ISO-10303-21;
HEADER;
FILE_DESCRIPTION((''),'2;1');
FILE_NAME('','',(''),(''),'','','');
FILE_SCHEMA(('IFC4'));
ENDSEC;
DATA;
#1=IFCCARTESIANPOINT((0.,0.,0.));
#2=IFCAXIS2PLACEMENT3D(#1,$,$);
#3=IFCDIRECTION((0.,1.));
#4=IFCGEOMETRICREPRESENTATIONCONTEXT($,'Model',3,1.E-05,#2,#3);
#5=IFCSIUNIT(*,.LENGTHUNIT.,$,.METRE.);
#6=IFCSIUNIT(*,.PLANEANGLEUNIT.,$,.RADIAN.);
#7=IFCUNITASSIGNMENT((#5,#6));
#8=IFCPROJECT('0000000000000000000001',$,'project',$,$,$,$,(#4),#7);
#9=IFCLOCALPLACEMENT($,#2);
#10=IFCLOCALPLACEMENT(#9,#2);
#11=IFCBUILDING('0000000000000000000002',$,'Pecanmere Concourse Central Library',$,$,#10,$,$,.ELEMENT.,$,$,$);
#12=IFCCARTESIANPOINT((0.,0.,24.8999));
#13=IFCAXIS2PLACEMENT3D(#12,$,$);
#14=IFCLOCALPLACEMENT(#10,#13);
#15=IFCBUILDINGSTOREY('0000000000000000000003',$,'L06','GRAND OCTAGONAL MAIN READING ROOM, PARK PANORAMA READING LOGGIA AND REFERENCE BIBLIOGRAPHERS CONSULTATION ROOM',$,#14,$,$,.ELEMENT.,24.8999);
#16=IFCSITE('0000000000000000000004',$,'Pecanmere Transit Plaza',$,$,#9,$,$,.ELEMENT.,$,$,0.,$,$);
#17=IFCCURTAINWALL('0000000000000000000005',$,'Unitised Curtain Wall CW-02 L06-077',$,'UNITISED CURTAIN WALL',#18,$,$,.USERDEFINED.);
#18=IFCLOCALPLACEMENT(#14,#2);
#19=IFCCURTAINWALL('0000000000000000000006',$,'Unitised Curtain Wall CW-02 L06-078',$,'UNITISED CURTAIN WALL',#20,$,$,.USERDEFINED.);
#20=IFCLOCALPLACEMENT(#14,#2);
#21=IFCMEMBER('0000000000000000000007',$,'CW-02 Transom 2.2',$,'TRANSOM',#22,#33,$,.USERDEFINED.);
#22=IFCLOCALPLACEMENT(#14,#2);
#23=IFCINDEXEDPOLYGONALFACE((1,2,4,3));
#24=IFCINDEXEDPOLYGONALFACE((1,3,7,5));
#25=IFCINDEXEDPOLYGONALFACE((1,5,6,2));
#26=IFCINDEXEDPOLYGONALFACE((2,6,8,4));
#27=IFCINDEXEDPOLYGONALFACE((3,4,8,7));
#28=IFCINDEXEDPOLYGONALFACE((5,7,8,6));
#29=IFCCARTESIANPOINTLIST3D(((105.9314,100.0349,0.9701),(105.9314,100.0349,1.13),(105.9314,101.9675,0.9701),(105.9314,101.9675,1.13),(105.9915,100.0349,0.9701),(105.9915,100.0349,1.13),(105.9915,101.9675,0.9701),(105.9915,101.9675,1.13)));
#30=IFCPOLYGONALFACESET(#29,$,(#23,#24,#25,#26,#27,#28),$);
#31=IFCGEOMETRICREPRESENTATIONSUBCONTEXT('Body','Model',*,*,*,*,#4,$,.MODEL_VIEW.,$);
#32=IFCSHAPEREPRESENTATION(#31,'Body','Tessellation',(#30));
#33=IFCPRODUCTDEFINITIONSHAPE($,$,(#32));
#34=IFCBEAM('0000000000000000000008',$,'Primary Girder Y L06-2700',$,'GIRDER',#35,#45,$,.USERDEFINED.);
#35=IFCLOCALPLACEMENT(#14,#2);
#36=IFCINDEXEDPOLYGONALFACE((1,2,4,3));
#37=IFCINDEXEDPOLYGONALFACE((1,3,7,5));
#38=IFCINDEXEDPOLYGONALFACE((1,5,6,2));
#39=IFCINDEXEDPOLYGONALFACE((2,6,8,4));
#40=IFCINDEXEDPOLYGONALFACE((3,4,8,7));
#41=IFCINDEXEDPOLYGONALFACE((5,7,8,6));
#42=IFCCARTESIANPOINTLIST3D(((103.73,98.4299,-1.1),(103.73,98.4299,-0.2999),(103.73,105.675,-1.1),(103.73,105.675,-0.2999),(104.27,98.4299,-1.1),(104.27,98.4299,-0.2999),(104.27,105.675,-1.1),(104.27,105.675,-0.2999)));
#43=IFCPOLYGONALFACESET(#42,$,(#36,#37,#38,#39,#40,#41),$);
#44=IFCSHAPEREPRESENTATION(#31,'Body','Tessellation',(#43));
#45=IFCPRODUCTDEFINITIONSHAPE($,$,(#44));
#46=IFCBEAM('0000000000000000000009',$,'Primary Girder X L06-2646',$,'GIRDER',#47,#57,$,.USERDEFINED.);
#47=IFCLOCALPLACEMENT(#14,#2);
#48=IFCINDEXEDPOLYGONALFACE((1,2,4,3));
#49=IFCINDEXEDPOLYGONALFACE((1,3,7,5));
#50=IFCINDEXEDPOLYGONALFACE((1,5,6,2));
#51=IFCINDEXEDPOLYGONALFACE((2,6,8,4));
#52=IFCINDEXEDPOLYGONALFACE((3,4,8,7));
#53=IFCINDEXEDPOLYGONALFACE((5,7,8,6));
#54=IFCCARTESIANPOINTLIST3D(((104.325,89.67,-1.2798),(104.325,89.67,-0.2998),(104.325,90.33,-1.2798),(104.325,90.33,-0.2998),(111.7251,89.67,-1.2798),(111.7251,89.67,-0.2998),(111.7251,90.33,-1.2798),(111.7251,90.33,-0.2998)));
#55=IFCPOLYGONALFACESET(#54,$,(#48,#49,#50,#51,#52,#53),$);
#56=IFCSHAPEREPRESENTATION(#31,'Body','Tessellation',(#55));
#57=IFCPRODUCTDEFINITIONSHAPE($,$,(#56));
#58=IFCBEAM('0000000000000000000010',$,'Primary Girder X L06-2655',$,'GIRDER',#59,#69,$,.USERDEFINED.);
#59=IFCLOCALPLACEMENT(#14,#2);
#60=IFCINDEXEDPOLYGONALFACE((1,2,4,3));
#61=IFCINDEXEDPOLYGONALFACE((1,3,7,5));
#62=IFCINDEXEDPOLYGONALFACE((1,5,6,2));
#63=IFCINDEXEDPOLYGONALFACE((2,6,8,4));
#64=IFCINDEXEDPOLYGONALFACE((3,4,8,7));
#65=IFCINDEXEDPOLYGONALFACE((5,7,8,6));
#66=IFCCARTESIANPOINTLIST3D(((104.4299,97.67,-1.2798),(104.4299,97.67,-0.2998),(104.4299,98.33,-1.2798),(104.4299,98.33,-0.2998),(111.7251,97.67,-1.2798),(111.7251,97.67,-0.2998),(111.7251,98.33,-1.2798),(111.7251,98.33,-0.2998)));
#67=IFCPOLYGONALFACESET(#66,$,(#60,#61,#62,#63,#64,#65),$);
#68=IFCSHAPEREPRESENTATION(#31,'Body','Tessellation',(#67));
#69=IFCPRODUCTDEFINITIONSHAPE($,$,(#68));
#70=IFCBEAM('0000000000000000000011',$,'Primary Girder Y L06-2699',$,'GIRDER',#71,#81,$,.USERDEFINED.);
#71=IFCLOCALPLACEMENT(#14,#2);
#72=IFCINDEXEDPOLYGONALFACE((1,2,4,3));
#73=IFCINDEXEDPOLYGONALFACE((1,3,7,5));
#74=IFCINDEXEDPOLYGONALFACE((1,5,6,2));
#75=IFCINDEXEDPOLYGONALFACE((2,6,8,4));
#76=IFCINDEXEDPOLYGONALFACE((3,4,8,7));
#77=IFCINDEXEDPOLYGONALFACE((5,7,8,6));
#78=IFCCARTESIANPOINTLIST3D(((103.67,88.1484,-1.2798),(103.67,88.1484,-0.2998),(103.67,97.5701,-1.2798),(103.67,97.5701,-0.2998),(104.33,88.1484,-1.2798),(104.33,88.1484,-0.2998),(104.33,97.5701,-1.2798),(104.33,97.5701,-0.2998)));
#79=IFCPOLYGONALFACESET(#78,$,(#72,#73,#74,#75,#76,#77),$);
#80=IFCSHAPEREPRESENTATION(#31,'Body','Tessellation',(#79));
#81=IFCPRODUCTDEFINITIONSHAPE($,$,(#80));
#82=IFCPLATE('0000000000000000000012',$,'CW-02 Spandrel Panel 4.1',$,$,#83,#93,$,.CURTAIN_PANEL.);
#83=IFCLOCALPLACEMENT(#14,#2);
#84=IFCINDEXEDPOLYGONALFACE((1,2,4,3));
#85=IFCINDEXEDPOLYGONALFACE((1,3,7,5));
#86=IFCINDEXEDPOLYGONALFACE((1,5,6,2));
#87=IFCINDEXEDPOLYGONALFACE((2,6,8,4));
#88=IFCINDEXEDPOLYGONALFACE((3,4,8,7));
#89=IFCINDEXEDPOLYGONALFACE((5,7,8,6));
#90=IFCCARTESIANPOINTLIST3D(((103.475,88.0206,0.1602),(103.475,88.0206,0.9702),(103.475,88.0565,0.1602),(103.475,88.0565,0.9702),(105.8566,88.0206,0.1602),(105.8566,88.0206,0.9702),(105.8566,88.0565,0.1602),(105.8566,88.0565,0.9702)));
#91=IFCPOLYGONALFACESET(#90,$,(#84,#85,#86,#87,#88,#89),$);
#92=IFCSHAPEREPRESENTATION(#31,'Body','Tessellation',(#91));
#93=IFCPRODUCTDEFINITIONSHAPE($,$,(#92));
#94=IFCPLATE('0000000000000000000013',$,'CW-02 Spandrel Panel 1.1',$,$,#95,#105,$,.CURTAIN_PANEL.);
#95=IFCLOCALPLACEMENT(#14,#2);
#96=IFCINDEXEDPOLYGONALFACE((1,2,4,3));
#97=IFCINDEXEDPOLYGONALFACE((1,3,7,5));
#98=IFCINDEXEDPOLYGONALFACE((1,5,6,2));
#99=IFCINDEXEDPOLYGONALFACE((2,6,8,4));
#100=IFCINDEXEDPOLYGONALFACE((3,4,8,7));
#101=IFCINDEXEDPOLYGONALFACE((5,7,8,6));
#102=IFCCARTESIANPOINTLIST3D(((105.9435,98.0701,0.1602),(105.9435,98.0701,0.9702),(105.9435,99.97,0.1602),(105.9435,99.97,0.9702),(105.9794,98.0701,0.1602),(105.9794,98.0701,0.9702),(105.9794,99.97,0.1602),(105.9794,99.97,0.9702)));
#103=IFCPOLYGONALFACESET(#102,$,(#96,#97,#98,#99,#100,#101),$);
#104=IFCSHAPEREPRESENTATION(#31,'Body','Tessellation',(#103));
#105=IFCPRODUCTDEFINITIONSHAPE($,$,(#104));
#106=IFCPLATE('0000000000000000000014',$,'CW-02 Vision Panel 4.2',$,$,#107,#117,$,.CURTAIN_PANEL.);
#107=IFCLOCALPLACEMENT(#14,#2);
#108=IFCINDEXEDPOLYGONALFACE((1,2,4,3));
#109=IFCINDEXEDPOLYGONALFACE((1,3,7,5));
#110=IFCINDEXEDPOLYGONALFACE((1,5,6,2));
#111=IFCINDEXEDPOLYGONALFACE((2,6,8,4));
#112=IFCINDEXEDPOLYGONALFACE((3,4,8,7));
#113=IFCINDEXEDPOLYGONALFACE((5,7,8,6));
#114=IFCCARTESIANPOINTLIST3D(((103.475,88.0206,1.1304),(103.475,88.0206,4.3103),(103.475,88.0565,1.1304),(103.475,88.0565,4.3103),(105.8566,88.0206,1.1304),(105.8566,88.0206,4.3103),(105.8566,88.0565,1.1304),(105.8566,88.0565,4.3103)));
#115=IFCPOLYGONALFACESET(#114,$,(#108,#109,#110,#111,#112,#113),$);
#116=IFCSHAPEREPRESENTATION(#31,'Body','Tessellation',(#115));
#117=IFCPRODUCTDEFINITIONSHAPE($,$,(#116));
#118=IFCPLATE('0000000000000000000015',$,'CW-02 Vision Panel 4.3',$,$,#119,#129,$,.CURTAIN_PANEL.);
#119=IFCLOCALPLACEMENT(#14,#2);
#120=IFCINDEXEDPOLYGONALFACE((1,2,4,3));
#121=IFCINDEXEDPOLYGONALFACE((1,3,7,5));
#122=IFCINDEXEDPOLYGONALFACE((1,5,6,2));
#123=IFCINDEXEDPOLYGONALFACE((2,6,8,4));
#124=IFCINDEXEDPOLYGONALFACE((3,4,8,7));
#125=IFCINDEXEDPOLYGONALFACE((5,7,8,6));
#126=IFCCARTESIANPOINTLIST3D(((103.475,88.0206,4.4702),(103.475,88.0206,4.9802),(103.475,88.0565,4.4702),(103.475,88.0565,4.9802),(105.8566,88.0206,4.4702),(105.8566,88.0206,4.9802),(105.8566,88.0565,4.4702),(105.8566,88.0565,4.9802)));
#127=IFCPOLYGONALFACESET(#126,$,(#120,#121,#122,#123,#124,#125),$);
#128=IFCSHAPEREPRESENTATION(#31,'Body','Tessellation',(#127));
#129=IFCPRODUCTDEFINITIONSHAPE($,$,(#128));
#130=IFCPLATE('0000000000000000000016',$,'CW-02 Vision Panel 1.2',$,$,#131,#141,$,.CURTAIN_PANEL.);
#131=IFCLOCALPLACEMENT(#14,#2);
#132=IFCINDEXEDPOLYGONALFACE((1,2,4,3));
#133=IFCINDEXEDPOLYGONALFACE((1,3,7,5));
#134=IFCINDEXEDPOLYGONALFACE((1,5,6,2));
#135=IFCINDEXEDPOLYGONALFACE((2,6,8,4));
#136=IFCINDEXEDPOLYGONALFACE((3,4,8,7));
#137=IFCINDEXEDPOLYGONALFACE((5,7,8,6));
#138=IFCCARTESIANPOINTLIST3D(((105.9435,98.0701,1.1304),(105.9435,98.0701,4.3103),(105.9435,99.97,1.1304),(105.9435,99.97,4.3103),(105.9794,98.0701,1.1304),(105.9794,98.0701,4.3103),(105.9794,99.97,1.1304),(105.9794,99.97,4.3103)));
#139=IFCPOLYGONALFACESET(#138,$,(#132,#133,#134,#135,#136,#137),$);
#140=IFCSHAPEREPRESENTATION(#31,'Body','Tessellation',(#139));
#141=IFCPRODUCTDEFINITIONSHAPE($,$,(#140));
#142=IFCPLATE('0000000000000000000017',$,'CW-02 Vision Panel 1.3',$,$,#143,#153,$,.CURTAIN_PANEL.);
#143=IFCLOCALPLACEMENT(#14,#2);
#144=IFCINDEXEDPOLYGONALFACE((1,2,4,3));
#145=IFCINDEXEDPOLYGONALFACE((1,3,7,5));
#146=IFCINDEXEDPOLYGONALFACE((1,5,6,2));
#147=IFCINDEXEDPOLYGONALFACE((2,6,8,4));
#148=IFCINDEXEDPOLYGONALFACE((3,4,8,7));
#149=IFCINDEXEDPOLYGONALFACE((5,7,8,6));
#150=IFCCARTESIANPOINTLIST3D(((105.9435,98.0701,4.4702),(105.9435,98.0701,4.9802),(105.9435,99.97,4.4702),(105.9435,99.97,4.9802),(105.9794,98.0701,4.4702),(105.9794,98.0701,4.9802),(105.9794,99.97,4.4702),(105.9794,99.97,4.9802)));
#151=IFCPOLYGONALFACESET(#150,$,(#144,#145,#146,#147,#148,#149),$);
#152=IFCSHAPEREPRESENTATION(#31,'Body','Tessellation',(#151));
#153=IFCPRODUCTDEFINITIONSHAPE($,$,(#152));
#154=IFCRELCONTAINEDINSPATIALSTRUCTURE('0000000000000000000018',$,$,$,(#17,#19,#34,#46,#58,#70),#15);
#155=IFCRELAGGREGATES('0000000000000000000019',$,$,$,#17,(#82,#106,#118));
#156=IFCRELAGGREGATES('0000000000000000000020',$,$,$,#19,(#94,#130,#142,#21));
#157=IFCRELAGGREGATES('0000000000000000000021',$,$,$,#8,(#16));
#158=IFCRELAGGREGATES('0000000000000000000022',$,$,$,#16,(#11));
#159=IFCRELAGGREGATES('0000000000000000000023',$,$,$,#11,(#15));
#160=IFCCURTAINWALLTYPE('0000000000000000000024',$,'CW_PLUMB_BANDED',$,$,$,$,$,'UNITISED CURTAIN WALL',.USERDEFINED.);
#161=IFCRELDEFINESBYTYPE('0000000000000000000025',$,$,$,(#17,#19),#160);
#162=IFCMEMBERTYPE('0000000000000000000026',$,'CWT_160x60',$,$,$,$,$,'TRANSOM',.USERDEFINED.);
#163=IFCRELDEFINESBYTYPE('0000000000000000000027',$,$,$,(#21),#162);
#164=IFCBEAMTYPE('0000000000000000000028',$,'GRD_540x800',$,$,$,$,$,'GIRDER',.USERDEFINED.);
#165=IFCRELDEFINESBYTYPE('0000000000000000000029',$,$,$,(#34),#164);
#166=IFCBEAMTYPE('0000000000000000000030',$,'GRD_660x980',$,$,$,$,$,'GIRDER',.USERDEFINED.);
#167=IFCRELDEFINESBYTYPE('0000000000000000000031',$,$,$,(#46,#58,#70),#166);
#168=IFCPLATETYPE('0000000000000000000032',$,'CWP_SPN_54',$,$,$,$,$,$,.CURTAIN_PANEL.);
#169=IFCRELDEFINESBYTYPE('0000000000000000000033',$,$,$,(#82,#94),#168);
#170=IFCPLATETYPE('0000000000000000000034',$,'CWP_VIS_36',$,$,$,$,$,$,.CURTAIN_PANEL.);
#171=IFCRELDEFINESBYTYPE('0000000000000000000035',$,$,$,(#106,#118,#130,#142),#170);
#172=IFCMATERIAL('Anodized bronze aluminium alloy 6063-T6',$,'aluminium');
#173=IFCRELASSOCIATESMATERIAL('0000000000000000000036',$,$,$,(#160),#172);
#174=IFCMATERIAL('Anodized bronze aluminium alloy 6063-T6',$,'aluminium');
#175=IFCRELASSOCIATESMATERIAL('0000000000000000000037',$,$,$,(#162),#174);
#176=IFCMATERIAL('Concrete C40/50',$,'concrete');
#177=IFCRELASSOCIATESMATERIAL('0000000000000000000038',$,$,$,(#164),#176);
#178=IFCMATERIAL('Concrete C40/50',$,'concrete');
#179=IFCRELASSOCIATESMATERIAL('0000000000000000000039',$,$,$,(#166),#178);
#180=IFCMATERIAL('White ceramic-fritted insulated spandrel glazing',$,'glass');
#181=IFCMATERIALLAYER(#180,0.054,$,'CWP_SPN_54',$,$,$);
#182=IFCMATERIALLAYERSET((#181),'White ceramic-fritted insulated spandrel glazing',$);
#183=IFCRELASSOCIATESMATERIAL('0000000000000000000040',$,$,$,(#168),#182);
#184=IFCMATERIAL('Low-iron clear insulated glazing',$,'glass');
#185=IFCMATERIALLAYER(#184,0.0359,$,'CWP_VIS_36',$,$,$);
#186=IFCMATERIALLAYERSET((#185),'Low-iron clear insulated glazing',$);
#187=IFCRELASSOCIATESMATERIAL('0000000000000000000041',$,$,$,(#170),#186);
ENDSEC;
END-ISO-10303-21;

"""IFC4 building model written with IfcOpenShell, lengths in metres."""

from ifc_helpers import new_model, si_unit, direction, frame, origin, origin_2d, place, context, subcontext, project, spatial, rectangle, extrude, material, layer, layer_set, material_profile, profile_set, type_object, element, aggregate, save


model = new_model("IFC4")

# Units and contexts
model_context = context("Model", 3, precision=1e-05, world=origin(), true_north=direction((0.0, 1.0)))
body_context = subcontext(model_context, "Body", "Model", "MODEL_VIEW")
ifc_project = project(units=[si_unit("LENGTHUNIT", "METRE"), si_unit("PLANEANGLEUNIT", "RADIAN")], contexts=[model_context])

# Site, building, storey
site_placement = place(None, origin())
site = spatial("IfcSite", under=ifc_project, at=site_placement, Name="Pecanmere Transit Plaza", CompositionType="ELEMENT", RefElevation=0.0)
building_placement = place(site_placement, origin())
building = spatial("IfcBuilding", under=site, at=building_placement, Name="Pecanmere Concourse Central Library", CompositionType="ELEMENT")
storey_placement = place(building_placement, frame((0.0, 0.0, 24.8999)))
storey = spatial("IfcBuildingStorey", under=building, at=storey_placement, Name="L06", Description="GRAND OCTAGONAL MAIN READING ROOM, PARK PANORAMA READING LOGGIA AND REFERENCE BIBLIOGRAPHERS CONSULTATION ROOM", CompositionType="ELEMENT", Elevation=24.8999)

# Curtain wall
ifc_material_1 = material(Name="Anodized bronze aluminium alloy 6063-T6", Category="aluminium")
curtain_wall_type = type_object("IfcCurtainWallType", Name="CW_PLUMB_BANDED", ElementType="UNITISED CURTAIN WALL", PredefinedType="USERDEFINED", material=ifc_material_1)
curtain_wall_1_placement = place(storey_placement, origin())
curtain_wall_1 = element("IfcCurtainWall", 1, at=curtain_wall_1_placement, inside=storey, type_object=curtain_wall_type, Name="Unitised Curtain Wall CW-02 L06-077", ObjectType="UNITISED CURTAIN WALL", PredefinedType="USERDEFINED")

# Curtain wall
curtain_wall_2_placement = place(storey_placement, origin())
curtain_wall_2 = element("IfcCurtainWall", 2, at=curtain_wall_2_placement, inside=storey, type_object=curtain_wall_type, Name="Unitised Curtain Wall CW-02 L06-078", ObjectType="UNITISED CURTAIN WALL", PredefinedType="USERDEFINED")

# Member
ifc_material_2 = material(Name="Anodized bronze aluminium alloy 6063-T6", Category="aluminium")
ifc_material_profile_1 = material_profile(ifc_material_2, rectangle(XDim=0.0601, YDim=0.1599, at=origin_2d()), Name="AL 60x160")
ifc_profile_set_1 = profile_set([ifc_material_profile_1], Name="Anodized bronze aluminium alloy 6063-T6")
member_type_1 = type_object("IfcMemberType", Name="CWT_160x60", ElementType="TRANSOM", PredefinedType="USERDEFINED", material=ifc_profile_set_1)
member_1_placement = place(storey_placement, frame((105.9614, 100.0349, 1.05), z_axis=(0.0, 1.0, 0.0), x_axis=(-1.0, 0.0, 0.0)))
member_1 = element("IfcMember", 3, at=member_1_placement, type_object=member_type_1, Name="CW-02 Transom 2.2", ObjectType="TRANSOM", PredefinedType="USERDEFINED", context=body_context, shape_type="SweptSolid", body=[
    extrude(rectangle(XDim=0.0601, YDim=0.1599, at=origin_2d()), origin(), (0.0, 0.0, 1.0), 1.9326),
])

# Beams
ifc_material_3 = material(Name="Concrete C40/50", Category="concrete")
ifc_material_profile_2 = material_profile(ifc_material_3, rectangle(XDim=0.54, YDim=0.8, at=origin_2d()), Name="RC 540x800")
ifc_profile_set_2 = profile_set([ifc_material_profile_2], Name="Concrete C40/50")
beam_type_1 = type_object("IfcBeamType", Name="GRD_540x800", ElementType="GIRDER", PredefinedType="USERDEFINED", material=ifc_profile_set_2)
beam_1_placement = place(storey_placement, frame((104.0, 98.4299, -0.7), z_axis=(0.0, 1.0, 0.0), x_axis=(-1.0, 0.0, 0.0)))
element("IfcBeam", 4, at=beam_1_placement, inside=storey, type_object=beam_type_1, Name="Primary Girder Y L06-2700", ObjectType="GIRDER", PredefinedType="USERDEFINED", context=body_context, shape_type="SweptSolid", body=[
    extrude(rectangle(XDim=0.54, YDim=0.8, at=origin_2d()), origin(), (0.0, 0.0, 1.0), 7.2451),
])
ifc_material_4 = material(Name="Concrete C40/50", Category="concrete")
ifc_material_profile_3 = material_profile(ifc_material_4, rectangle(XDim=0.6599, YDim=0.98, at=origin_2d()), Name="RC 660x980")
ifc_profile_set_3 = profile_set([ifc_material_profile_3], Name="Concrete C40/50")
beam_type_2 = type_object("IfcBeamType", Name="GRD_660x980", ElementType="GIRDER", PredefinedType="USERDEFINED", material=ifc_profile_set_3)
beam_2_placement = place(storey_placement, frame((104.325, 90.0, -0.7898), z_axis=(1.0, 0.0, 0.0), x_axis=(0.0, 1.0, 0.0)))
element("IfcBeam", 5, at=beam_2_placement, inside=storey, type_object=beam_type_2, Name="Primary Girder X L06-2646", ObjectType="GIRDER", PredefinedType="USERDEFINED", context=body_context, shape_type="SweptSolid", body=[
    extrude(rectangle(XDim=0.6599, YDim=0.98, at=origin_2d()), origin(), (0.0, 0.0, 1.0), 7.4001),
])
beam_3_placement = place(storey_placement, frame((104.4299, 98.0, -0.7898), z_axis=(1.0, 0.0, 0.0), x_axis=(0.0, 1.0, 0.0)))
element("IfcBeam", 6, at=beam_3_placement, inside=storey, type_object=beam_type_2, Name="Primary Girder X L06-2655", ObjectType="GIRDER", PredefinedType="USERDEFINED", context=body_context, shape_type="SweptSolid", body=[
    extrude(rectangle(XDim=0.6599, YDim=0.98, at=origin_2d()), origin(), (0.0, 0.0, 1.0), 7.2952),
])
beam_4_placement = place(storey_placement, frame((104.0, 88.1484, -0.7898), z_axis=(0.0, 1.0, 0.0), x_axis=(-1.0, 0.0, 0.0)))
element("IfcBeam", 7, at=beam_4_placement, inside=storey, type_object=beam_type_2, Name="Primary Girder Y L06-2699", ObjectType="GIRDER", PredefinedType="USERDEFINED", context=body_context, shape_type="SweptSolid", body=[
    extrude(rectangle(XDim=0.6599, YDim=0.98, at=origin_2d()), origin(), (0.0, 0.0, 1.0), 9.4216),
])

# Plates
ifc_material_5 = material(Name="White ceramic-fritted insulated spandrel glazing", Category="glass")
ifc_layer_1 = layer(ifc_material_5, 0.054, Name="CWP_SPN_54")
ifc_layer_set_1 = layer_set([ifc_layer_1], Name="White ceramic-fritted insulated spandrel glazing")
plate_type_1 = type_object("IfcPlateType", Name="CWP_SPN_54", PredefinedType="CURTAIN_PANEL", material=ifc_layer_set_1)
plate_1_placement = place(storey_placement, frame((104.6658, 88.0386, 0.1602), z_axis=(0.0, 0.0, 1.0), x_axis=(1.0, 0.0, 0.0)))
plate_1 = element("IfcPlate", 8, at=plate_1_placement, type_object=plate_type_1, Name="CW-02 Spandrel Panel 4.1", PredefinedType="CURTAIN_PANEL", context=body_context, shape_type="SweptSolid", body=[
    extrude(rectangle(XDim=2.3816, YDim=0.0359, at=origin_2d()), origin(), (0.0, 0.0, 1.0), 0.8101),
])
plate_2_placement = place(storey_placement, frame((105.9614, 99.02, 0.1602), z_axis=(0.0, 0.0, 1.0), x_axis=(0.0, 1.0, 0.0)))
plate_2 = element("IfcPlate", 9, at=plate_2_placement, type_object=plate_type_1, Name="CW-02 Spandrel Panel 1.1", PredefinedType="CURTAIN_PANEL", context=body_context, shape_type="SweptSolid", body=[
    extrude(rectangle(XDim=1.8999, YDim=0.0359, at=origin_2d()), origin(), (0.0, 0.0, 1.0), 0.8101),
])
ifc_material_6 = material(Name="Low-iron clear insulated glazing", Category="glass")
ifc_layer_2 = layer(ifc_material_6, 0.0359, Name="CWP_VIS_36")
ifc_layer_set_2 = layer_set([ifc_layer_2], Name="Low-iron clear insulated glazing")
plate_type_2 = type_object("IfcPlateType", Name="CWP_VIS_36", PredefinedType="CURTAIN_PANEL", material=ifc_layer_set_2)
plate_3_placement = place(storey_placement, frame((104.6658, 88.0386, 1.1304), z_axis=(0.0, 0.0, 1.0), x_axis=(1.0, 0.0, 0.0)))
plate_3 = element("IfcPlate", 10, at=plate_3_placement, type_object=plate_type_2, Name="CW-02 Vision Panel 4.2", PredefinedType="CURTAIN_PANEL", context=body_context, shape_type="SweptSolid", body=[
    extrude(rectangle(XDim=2.3816, YDim=0.0359, at=origin_2d()), origin(), (0.0, 0.0, 1.0), 3.1799),
])
plate_4_placement = place(storey_placement, frame((104.6658, 88.0386, 4.4702), z_axis=(0.0, 0.0, 1.0), x_axis=(1.0, 0.0, 0.0)))
plate_4 = element("IfcPlate", 11, at=plate_4_placement, type_object=plate_type_2, Name="CW-02 Vision Panel 4.3", PredefinedType="CURTAIN_PANEL", context=body_context, shape_type="SweptSolid", body=[
    extrude(rectangle(XDim=2.3816, YDim=0.0359, at=origin_2d()), origin(), (0.0, 0.0, 1.0), 0.51),
])
aggregate(curtain_wall_1, [plate_1, plate_3, plate_4])
plate_5_placement = place(storey_placement, frame((105.9614, 99.02, 1.1304), z_axis=(0.0, 0.0, 1.0), x_axis=(0.0, 1.0, 0.0)))
plate_5 = element("IfcPlate", 12, at=plate_5_placement, type_object=plate_type_2, Name="CW-02 Vision Panel 1.2", PredefinedType="CURTAIN_PANEL", context=body_context, shape_type="SweptSolid", body=[
    extrude(rectangle(XDim=1.8999, YDim=0.0359, at=origin_2d()), origin(), (0.0, 0.0, 1.0), 3.1799),
])
plate_6_placement = place(storey_placement, frame((105.9614, 99.02, 4.4702), z_axis=(0.0, 0.0, 1.0), x_axis=(0.0, 1.0, 0.0)))
plate_6 = element("IfcPlate", 13, at=plate_6_placement, type_object=plate_type_2, Name="CW-02 Vision Panel 1.3", PredefinedType="CURTAIN_PANEL", context=body_context, shape_type="SweptSolid", body=[
    extrude(rectangle(XDim=1.8999, YDim=0.0359, at=origin_2d()), origin(), (0.0, 0.0, 1.0), 0.51),
])
aggregate(curtain_wall_2, [plate_2, plate_5, plate_6, member_1])

save(model, "model.ifc")
